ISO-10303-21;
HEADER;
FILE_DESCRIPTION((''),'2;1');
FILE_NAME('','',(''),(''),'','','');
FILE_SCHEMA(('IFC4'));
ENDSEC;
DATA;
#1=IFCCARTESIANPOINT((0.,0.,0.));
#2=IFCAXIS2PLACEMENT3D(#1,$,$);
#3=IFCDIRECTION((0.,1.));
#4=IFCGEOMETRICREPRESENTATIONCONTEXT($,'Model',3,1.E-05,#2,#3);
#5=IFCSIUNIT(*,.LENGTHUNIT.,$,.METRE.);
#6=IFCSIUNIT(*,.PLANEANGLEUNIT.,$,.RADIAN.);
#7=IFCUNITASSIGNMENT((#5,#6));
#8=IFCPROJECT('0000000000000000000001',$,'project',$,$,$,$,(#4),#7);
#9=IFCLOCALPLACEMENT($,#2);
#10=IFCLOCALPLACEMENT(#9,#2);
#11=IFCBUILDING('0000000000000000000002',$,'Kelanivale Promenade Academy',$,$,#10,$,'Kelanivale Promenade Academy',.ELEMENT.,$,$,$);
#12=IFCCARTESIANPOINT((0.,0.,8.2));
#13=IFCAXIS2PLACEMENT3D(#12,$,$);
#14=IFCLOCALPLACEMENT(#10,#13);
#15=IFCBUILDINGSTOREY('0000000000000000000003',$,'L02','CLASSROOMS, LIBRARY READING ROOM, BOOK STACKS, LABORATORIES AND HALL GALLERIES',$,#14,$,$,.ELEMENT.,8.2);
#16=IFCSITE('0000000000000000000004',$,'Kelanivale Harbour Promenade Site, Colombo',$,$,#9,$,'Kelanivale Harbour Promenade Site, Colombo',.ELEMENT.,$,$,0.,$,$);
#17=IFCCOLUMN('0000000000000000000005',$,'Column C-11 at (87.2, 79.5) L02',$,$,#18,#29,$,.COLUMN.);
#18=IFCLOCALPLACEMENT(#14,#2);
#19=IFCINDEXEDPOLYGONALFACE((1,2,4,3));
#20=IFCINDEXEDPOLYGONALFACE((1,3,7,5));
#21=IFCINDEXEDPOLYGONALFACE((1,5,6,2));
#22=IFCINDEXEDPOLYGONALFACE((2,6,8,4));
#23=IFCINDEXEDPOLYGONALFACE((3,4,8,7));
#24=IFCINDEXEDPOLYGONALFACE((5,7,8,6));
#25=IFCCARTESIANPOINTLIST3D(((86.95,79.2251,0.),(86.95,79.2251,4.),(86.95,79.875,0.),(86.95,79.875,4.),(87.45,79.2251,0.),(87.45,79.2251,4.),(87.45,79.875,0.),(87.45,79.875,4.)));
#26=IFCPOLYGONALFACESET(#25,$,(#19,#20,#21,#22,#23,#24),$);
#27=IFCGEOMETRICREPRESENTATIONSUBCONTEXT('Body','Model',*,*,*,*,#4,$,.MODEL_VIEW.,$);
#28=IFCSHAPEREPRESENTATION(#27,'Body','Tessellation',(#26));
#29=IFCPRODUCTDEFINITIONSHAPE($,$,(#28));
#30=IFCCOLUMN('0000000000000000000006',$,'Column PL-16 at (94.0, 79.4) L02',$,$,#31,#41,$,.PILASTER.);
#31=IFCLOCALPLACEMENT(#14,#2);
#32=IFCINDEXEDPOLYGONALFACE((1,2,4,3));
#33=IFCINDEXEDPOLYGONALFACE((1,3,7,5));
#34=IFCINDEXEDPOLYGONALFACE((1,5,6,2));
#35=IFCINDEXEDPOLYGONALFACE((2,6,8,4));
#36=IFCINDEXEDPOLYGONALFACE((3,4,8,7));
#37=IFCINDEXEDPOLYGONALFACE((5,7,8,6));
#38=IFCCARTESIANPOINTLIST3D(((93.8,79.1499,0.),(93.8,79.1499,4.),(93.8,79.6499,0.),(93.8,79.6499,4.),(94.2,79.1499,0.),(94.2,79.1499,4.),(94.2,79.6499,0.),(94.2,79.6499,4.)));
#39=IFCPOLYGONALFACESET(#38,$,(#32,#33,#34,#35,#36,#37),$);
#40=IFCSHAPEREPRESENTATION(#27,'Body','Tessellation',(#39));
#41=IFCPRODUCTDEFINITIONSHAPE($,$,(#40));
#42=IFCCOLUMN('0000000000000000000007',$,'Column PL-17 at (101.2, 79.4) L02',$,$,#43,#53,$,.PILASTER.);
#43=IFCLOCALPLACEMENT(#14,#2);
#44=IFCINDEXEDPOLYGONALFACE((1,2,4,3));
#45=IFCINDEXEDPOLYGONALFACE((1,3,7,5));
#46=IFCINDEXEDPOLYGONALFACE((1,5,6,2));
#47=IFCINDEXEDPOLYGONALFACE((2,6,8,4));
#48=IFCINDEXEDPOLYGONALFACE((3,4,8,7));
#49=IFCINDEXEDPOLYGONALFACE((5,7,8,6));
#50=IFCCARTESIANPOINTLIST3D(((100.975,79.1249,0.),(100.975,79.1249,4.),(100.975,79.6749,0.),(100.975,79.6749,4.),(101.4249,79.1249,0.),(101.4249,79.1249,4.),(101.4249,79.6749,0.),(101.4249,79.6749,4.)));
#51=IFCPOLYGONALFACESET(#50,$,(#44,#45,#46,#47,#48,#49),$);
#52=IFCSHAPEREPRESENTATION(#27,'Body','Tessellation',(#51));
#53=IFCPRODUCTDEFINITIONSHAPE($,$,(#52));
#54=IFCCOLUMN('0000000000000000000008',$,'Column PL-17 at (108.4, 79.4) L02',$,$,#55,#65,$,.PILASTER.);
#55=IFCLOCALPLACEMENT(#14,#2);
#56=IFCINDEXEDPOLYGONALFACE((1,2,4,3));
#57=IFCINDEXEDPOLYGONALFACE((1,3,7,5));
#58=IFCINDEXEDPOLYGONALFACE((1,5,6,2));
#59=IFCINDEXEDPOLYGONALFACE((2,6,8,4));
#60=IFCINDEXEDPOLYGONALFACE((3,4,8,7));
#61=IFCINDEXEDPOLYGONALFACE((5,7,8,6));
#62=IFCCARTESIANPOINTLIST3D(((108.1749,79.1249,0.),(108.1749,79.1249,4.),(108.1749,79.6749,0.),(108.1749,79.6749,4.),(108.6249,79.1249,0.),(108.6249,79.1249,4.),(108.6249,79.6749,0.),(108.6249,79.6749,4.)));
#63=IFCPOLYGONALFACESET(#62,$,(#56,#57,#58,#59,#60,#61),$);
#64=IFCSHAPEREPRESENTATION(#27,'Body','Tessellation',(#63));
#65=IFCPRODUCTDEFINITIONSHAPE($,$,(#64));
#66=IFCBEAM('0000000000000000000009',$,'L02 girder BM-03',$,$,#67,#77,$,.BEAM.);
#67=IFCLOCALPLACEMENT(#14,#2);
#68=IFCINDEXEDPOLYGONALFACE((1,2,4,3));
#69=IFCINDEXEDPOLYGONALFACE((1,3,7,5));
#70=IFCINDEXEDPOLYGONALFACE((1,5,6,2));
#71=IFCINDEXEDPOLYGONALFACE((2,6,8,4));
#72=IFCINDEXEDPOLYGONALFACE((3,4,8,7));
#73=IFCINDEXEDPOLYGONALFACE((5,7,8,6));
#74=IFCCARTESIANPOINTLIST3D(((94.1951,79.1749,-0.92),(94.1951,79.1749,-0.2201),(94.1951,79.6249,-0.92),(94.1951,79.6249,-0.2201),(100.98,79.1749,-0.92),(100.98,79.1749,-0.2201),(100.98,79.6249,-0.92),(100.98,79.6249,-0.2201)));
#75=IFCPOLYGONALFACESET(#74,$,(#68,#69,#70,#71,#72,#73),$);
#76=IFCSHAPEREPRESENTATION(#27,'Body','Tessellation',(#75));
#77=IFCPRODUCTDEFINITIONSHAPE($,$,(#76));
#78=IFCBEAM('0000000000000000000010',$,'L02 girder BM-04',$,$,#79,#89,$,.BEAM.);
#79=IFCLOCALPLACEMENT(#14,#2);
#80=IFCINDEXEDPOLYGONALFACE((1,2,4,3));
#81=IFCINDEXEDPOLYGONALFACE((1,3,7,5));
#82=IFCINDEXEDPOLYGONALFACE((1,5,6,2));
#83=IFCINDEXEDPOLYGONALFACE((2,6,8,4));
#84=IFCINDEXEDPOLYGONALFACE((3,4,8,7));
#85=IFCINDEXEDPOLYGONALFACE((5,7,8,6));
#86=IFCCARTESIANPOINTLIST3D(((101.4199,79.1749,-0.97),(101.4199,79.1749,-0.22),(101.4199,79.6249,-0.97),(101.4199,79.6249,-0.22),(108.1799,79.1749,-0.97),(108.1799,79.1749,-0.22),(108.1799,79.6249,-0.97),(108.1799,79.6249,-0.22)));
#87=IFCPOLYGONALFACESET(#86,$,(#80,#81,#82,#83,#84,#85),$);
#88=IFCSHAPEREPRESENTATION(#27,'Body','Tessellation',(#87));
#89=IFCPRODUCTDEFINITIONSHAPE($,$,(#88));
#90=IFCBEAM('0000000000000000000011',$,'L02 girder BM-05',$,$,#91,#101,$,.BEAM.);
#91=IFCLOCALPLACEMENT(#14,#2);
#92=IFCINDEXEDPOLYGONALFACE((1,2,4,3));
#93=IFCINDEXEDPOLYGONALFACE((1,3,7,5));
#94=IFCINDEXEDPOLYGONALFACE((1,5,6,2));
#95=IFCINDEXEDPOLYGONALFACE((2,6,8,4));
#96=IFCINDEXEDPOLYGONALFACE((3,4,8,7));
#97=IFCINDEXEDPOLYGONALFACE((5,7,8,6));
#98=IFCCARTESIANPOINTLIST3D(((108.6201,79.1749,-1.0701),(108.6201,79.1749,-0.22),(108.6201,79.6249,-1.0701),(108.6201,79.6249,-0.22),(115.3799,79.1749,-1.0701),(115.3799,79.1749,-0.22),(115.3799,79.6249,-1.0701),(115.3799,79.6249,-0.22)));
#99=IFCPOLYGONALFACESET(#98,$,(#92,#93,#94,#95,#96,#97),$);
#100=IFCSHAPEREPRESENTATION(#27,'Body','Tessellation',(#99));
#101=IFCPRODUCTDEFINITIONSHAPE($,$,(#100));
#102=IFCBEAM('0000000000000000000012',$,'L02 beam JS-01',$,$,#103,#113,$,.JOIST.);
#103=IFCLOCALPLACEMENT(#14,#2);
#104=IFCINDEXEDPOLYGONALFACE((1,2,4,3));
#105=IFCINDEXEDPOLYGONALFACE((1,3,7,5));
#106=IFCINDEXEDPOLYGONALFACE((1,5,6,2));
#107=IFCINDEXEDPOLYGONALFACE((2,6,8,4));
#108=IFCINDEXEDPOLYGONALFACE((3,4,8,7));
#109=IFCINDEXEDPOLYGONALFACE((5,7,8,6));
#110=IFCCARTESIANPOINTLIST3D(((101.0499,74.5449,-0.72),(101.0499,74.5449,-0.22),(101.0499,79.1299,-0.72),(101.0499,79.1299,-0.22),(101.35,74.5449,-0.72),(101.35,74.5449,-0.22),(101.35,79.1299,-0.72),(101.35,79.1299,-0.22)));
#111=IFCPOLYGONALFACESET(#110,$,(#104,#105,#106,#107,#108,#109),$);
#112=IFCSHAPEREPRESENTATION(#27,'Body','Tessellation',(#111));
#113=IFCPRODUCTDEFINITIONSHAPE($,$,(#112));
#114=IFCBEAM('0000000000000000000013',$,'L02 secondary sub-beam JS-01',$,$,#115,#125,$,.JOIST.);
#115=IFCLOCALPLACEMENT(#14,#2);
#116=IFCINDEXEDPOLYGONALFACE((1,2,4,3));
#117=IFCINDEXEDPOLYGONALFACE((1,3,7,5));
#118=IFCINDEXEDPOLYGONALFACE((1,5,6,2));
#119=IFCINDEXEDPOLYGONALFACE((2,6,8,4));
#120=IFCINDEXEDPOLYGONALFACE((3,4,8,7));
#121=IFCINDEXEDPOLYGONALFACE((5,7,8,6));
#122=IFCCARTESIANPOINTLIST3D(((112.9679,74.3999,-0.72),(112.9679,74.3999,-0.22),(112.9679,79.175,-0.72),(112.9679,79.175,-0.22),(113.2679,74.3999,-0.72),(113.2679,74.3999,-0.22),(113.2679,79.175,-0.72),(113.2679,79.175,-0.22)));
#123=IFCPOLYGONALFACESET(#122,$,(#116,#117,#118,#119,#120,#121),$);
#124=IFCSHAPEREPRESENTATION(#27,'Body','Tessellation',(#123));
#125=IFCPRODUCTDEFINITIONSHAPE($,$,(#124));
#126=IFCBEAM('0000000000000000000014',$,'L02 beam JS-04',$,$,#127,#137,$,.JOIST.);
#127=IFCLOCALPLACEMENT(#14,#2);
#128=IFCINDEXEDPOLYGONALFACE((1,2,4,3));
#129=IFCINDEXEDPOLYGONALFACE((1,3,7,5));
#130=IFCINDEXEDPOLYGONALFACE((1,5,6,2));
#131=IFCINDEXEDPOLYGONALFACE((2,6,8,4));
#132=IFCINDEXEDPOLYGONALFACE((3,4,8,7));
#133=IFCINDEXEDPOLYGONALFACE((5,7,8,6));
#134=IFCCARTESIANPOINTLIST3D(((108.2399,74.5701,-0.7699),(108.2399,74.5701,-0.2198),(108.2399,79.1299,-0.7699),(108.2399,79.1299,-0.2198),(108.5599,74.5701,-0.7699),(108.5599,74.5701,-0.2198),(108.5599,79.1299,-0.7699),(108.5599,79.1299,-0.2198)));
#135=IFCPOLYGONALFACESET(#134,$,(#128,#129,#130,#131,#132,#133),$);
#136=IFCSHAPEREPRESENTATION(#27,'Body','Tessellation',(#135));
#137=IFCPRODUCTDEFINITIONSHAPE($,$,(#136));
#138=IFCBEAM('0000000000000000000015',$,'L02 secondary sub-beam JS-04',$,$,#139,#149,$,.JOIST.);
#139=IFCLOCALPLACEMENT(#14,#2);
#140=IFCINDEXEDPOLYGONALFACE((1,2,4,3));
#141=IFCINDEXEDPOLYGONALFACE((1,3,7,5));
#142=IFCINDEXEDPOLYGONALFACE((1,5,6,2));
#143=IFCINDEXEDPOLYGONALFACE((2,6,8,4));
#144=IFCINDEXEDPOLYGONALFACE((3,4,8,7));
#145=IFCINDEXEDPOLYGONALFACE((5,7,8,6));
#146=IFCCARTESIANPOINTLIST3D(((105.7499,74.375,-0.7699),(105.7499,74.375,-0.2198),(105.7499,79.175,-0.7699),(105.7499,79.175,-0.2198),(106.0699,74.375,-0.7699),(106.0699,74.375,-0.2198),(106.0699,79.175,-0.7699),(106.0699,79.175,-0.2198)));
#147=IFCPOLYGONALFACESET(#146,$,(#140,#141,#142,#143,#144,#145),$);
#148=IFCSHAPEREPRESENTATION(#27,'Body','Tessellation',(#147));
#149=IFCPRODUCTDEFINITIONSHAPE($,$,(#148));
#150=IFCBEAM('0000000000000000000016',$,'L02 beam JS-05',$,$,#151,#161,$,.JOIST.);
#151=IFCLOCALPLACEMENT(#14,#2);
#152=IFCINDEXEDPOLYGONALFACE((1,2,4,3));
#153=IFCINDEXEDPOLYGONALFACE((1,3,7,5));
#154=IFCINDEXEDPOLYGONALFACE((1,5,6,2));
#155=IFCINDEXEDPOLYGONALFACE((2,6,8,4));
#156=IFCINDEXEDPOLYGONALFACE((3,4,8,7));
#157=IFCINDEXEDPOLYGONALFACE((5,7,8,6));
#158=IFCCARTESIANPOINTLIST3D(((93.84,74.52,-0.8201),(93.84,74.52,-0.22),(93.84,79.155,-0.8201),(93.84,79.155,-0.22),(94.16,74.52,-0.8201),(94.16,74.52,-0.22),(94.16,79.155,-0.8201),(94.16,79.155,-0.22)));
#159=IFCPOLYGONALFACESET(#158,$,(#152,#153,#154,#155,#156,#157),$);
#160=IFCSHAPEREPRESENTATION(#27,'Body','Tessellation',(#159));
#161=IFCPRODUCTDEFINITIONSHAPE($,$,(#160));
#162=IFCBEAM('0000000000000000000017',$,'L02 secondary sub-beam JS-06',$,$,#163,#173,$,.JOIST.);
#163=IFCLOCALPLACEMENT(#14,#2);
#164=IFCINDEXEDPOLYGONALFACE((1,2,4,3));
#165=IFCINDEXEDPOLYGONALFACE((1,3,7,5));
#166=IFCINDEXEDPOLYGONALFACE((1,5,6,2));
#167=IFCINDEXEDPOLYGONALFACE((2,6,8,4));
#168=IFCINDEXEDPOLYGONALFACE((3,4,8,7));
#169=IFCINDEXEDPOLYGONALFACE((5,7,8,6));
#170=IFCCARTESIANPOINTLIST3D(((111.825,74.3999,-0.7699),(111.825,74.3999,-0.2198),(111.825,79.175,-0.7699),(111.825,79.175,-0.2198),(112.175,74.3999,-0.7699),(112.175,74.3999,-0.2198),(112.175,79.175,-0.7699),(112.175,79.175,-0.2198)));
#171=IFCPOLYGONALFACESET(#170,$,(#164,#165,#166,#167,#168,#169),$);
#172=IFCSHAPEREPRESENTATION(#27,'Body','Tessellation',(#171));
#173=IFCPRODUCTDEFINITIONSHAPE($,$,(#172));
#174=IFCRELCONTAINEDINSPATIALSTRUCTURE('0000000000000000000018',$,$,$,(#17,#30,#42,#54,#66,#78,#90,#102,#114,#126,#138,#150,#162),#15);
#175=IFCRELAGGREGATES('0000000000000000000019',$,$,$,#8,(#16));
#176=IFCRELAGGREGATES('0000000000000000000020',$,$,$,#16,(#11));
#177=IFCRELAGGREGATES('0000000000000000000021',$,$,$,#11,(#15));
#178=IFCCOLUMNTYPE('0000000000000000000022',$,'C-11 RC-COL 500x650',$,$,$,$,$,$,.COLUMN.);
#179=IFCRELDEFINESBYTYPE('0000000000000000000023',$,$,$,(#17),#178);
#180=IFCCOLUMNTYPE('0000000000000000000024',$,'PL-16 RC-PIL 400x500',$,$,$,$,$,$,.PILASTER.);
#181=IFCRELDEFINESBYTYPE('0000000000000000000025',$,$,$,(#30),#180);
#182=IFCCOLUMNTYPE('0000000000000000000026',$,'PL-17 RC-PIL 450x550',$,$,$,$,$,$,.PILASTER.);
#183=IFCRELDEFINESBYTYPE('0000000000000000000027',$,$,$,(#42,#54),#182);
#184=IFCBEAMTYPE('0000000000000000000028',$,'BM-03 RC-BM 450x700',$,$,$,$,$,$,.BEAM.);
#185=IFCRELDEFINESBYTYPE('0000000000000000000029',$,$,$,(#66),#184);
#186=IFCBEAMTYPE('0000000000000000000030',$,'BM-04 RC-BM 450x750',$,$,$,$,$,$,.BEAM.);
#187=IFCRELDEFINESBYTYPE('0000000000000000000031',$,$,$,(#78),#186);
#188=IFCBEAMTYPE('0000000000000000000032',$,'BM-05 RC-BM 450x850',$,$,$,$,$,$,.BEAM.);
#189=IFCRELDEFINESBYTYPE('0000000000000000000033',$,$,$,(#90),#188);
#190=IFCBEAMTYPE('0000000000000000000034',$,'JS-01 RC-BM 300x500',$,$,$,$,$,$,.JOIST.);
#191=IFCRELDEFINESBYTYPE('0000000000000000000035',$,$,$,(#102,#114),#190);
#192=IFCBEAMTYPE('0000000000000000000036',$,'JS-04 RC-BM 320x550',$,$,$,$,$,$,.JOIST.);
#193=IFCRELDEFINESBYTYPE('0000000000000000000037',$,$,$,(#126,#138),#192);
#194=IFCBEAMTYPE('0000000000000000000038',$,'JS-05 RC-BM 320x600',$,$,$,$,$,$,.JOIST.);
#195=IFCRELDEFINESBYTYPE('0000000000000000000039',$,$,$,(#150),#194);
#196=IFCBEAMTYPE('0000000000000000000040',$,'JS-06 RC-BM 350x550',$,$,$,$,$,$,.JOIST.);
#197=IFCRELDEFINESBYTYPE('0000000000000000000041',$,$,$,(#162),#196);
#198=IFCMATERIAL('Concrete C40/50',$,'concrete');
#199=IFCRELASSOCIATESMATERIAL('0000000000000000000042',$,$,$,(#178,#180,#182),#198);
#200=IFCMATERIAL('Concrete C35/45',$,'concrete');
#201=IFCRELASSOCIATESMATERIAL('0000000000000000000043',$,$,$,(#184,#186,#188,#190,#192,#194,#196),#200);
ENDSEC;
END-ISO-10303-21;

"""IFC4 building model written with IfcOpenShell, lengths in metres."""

from ifc_helpers import new_model, si_unit, direction, frame, origin, origin_2d, place, context, subcontext, project, spatial, rectangle, extrude, material, material_profile, profile_set, type_object, element, save


model = new_model("IFC4")

# Units and contexts
model_context = context("Model", 3, precision=1e-05, world=origin(), true_north=direction((0.0, 1.0)))
body_context = subcontext(model_context, "Body", "Model", "MODEL_VIEW")
ifc_project = project(units=[si_unit("LENGTHUNIT", "METRE"), si_unit("PLANEANGLEUNIT", "RADIAN")], contexts=[model_context])

# Site, building, storey
site_placement = place(None, origin())
site = spatial("IfcSite", under=ifc_project, at=site_placement, Name="Kelanivale Harbour Promenade Site, Colombo", LongName="Kelanivale Harbour Promenade Site, Colombo", CompositionType="ELEMENT", RefElevation=0.0)
building_placement = place(site_placement, origin())
building = spatial("IfcBuilding", under=site, at=building_placement, Name="Kelanivale Promenade Academy", LongName="Kelanivale Promenade Academy", CompositionType="ELEMENT")
storey_placement = place(building_placement, frame((0.0, 0.0, 8.2)))
storey = spatial("IfcBuildingStorey", under=building, at=storey_placement, Name="L02", Description="CLASSROOMS, LIBRARY READING ROOM, BOOK STACKS, LABORATORIES AND HALL GALLERIES", CompositionType="ELEMENT", Elevation=8.2)

# Columns
ifc_material_1 = material(Name="Concrete C40/50", Category="concrete")
ifc_material_profile_1 = material_profile(ifc_material_1, rectangle(XDim=0.5, YDim=0.6499, at=origin_2d()), Name="RC-COL 500x650")
ifc_profile_set_1 = profile_set([ifc_material_profile_1], Name="Concrete C40/50")
column_type_1 = type_object("IfcColumnType", Name="C-11 RC-COL 500x650", PredefinedType="COLUMN", material=ifc_profile_set_1)
column_1_placement = place(storey_placement, frame((87.2, 79.55, 0.0), z_axis=(0.0, 0.0, 1.0), x_axis=(1.0, 0.0, 0.0)))
element("IfcColumn", 1, at=column_1_placement, inside=storey, type_object=column_type_1, Name="Column C-11 at (87.2, 79.5) L02", PredefinedType="COLUMN", context=body_context, shape_type="SweptSolid", body=[
    extrude(rectangle(XDim=0.5, YDim=0.6499, at=origin_2d()), origin(), (0.0, 0.0, 1.0), 4.0),
])
ifc_material_profile_2 = material_profile(ifc_material_1, rectangle(XDim=0.3999, YDim=0.5, at=origin_2d()), Name="RC-PIL 400x500")
ifc_profile_set_2 = profile_set([ifc_material_profile_2], Name="Concrete C40/50")
column_type_2 = type_object("IfcColumnType", Name="PL-16 RC-PIL 400x500", PredefinedType="PILASTER", material=ifc_profile_set_2)
column_2_placement = place(storey_placement, frame((94.0, 79.3999, 0.0), z_axis=(0.0, 0.0, 1.0), x_axis=(1.0, 0.0, 0.0)))
element("IfcColumn", 2, at=column_2_placement, inside=storey, type_object=column_type_2, Name="Column PL-16 at (94.0, 79.4) L02", PredefinedType="PILASTER", context=body_context, shape_type="SweptSolid", body=[
    extrude(rectangle(XDim=0.3999, YDim=0.5, at=origin_2d()), origin(), (0.0, 0.0, 1.0), 4.0),
])
ifc_material_profile_3 = material_profile(ifc_material_1, rectangle(XDim=0.45, YDim=0.55, at=origin_2d()), Name="RC-PIL 450x550")
ifc_profile_set_3 = profile_set([ifc_material_profile_3], Name="Concrete C40/50")
column_type_3 = type_object("IfcColumnType", Name="PL-17 RC-PIL 450x550", PredefinedType="PILASTER", material=ifc_profile_set_3)
for number, where, z_axis, x_axis, name in (
    (3, (101.2, 79.3999, 0.0), (0.0, 0.0, 1.0), (1.0, 0.0, 0.0), "Column PL-17 at (101.2, 79.4) L02"),
    (4, (108.3999, 79.3999, 0.0), (0.0, 0.0, 1.0), (1.0, 0.0, 0.0), "Column PL-17 at (108.4, 79.4) L02"),
):
    element("IfcColumn", number, at=place(storey_placement, frame(where, z_axis=z_axis, x_axis=x_axis)), inside=storey, type_object=column_type_3, Name=name, PredefinedType="PILASTER", context=body_context, shape_type="SweptSolid", body=[
        extrude(rectangle(XDim=0.45, YDim=0.55, at=origin_2d()), origin(), (0.0, 0.0, 1.0), 4.0),
    ])

# Beams
ifc_material_2 = material(Name="Concrete C35/45", Category="concrete")
ifc_material_profile_4 = material_profile(ifc_material_2, rectangle(XDim=0.45, YDim=0.7, at=origin_2d()), Name="RC-BM 450x700")
ifc_profile_set_4 = profile_set([ifc_material_profile_4], Name="Concrete C35/45")
beam_type_1 = type_object("IfcBeamType", Name="BM-03 RC-BM 450x700", PredefinedType="BEAM", material=ifc_profile_set_4)
beam_1_placement = place(storey_placement, frame((94.1951, 79.3999, -0.5701), z_axis=(1.0, 0.0, 0.0), x_axis=(0.0, 1.0, 0.0)))
element("IfcBeam", 5, at=beam_1_placement, inside=storey, type_object=beam_type_1, Name="L02 girder BM-03", PredefinedType="BEAM", context=body_context, shape_type="SweptSolid", body=[
    extrude(rectangle(XDim=0.45, YDim=0.7, at=origin_2d()), origin(), (0.0, 0.0, 1.0), 6.7849),
])
ifc_material_profile_5 = material_profile(ifc_material_2, rectangle(XDim=0.45, YDim=0.75, at=origin_2d()), Name="RC-BM 450x750")
ifc_profile_set_5 = profile_set([ifc_material_profile_5], Name="Concrete C35/45")
beam_type_2 = type_object("IfcBeamType", Name="BM-04 RC-BM 450x750", PredefinedType="BEAM", material=ifc_profile_set_5)
beam_2_placement = place(storey_placement, frame((101.4199, 79.3999, -0.595), z_axis=(1.0, 0.0, 0.0), x_axis=(0.0, 1.0, 0.0)))
element("IfcBeam", 6, at=beam_2_placement, inside=storey, type_object=beam_type_2, Name="L02 girder BM-04", PredefinedType="BEAM", context=body_context, shape_type="SweptSolid", body=[
    extrude(rectangle(XDim=0.45, YDim=0.75, at=origin_2d()), origin(), (0.0, 0.0, 1.0), 6.76),
])
ifc_material_profile_6 = material_profile(ifc_material_2, rectangle(XDim=0.45, YDim=0.8501, at=origin_2d()), Name="RC-BM 450x850")
ifc_profile_set_6 = profile_set([ifc_material_profile_6], Name="Concrete C35/45")
beam_type_3 = type_object("IfcBeamType", Name="BM-05 RC-BM 450x850", PredefinedType="BEAM", material=ifc_profile_set_6)
beam_3_placement = place(storey_placement, frame((108.6201, 79.3999, -0.645), z_axis=(1.0, 0.0, 0.0), x_axis=(0.0, 1.0, 0.0)))
element("IfcBeam", 7, at=beam_3_placement, inside=storey, type_object=beam_type_3, Name="L02 girder BM-05", PredefinedType="BEAM", context=body_context, shape_type="SweptSolid", body=[
    extrude(rectangle(XDim=0.45, YDim=0.8501, at=origin_2d()), origin(), (0.0, 0.0, 1.0), 6.7598),
])
ifc_material_profile_7 = material_profile(ifc_material_2, rectangle(XDim=0.3, YDim=0.5, at=origin_2d()), Name="RC-BM 300x500")
ifc_profile_set_7 = profile_set([ifc_material_profile_7], Name="Concrete C35/45")
beam_type_4 = type_object("IfcBeamType", Name="JS-01 RC-BM 300x500", PredefinedType="JOIST", material=ifc_profile_set_7)
beam_4_placement = place(storey_placement, frame((101.2, 74.5449, -0.47), z_axis=(0.0, 1.0, 0.0), x_axis=(-1.0, 0.0, 0.0)))
element("IfcBeam", 8, at=beam_4_placement, inside=storey, type_object=beam_type_4, Name="L02 beam JS-01", PredefinedType="JOIST", context=body_context, shape_type="SweptSolid", body=[
    extrude(rectangle(XDim=0.3, YDim=0.5, at=origin_2d()), origin(), (0.0, 0.0, 1.0), 4.585),
])
beam_5_placement = place(storey_placement, frame((113.1179, 74.3999, -0.47), z_axis=(0.0, 1.0, 0.0), x_axis=(-1.0, 0.0, 0.0)))
element("IfcBeam", 9, at=beam_5_placement, inside=storey, type_object=beam_type_4, Name="L02 secondary sub-beam JS-01", PredefinedType="JOIST", context=body_context, shape_type="SweptSolid", body=[
    extrude(rectangle(XDim=0.3, YDim=0.5, at=origin_2d()), origin(), (0.0, 0.0, 1.0), 4.7751),
])
ifc_material_profile_8 = material_profile(ifc_material_2, rectangle(XDim=0.3201, YDim=0.55, at=origin_2d()), Name="RC-BM 320x550")
ifc_profile_set_8 = profile_set([ifc_material_profile_8], Name="Concrete C35/45")
beam_type_5 = type_object("IfcBeamType", Name="JS-04 RC-BM 320x550", PredefinedType="JOIST", material=ifc_profile_set_8)
beam_6_placement = place(storey_placement, frame((108.3999, 74.5701, -0.4949), z_axis=(0.0, 1.0, 0.0), x_axis=(-1.0, 0.0, 0.0)))
element("IfcBeam", 10, at=beam_6_placement, inside=storey, type_object=beam_type_5, Name="L02 beam JS-04", PredefinedType="JOIST", context=body_context, shape_type="SweptSolid", body=[
    extrude(rectangle(XDim=0.3201, YDim=0.55, at=origin_2d()), origin(), (0.0, 0.0, 1.0), 4.5598),
])
beam_7_placement = place(storey_placement, frame((105.9099, 74.375, -0.4949), z_axis=(0.0, 1.0, 0.0), x_axis=(-1.0, 0.0, 0.0)))
element("IfcBeam", 11, at=beam_7_placement, inside=storey, type_object=beam_type_5, Name="L02 secondary sub-beam JS-04", PredefinedType="JOIST", context=body_context, shape_type="SweptSolid", body=[
    extrude(rectangle(XDim=0.3201, YDim=0.55, at=origin_2d()), origin(), (0.0, 0.0, 1.0), 4.8),
])
ifc_material_profile_9 = material_profile(ifc_material_2, rectangle(XDim=0.3201, YDim=0.6001, at=origin_2d()), Name="RC-BM 320x600")
ifc_profile_set_9 = profile_set([ifc_material_profile_9], Name="Concrete C35/45")
beam_type_6 = type_object("IfcBeamType", Name="JS-05 RC-BM 320x600", PredefinedType="JOIST", material=ifc_profile_set_9)
beam_8_placement = place(storey_placement, frame((94.0, 74.52, -0.52), z_axis=(0.0, 1.0, 0.0), x_axis=(-1.0, 0.0, 0.0)))
element("IfcBeam", 12, at=beam_8_placement, inside=storey, type_object=beam_type_6, Name="L02 beam JS-05", PredefinedType="JOIST", context=body_context, shape_type="SweptSolid", body=[
    extrude(rectangle(XDim=0.3201, YDim=0.6001, at=origin_2d()), origin(), (0.0, 0.0, 1.0), 4.635),
])
ifc_material_profile_10 = material_profile(ifc_material_2, rectangle(XDim=0.3501, YDim=0.55, at=origin_2d()), Name="RC-BM 350x550")
ifc_profile_set_10 = profile_set([ifc_material_profile_10], Name="Concrete C35/45")
beam_type_7 = type_object("IfcBeamType", Name="JS-06 RC-BM 350x550", PredefinedType="JOIST", material=ifc_profile_set_10)
beam_9_placement = place(storey_placement, frame((112.0, 74.3999, -0.4949), z_axis=(0.0, 1.0, 0.0), x_axis=(-1.0, 0.0, 0.0)))
element("IfcBeam", 13, at=beam_9_placement, inside=storey, type_object=beam_type_7, Name="L02 secondary sub-beam JS-06", PredefinedType="JOIST", context=body_context, shape_type="SweptSolid", body=[
    extrude(rectangle(XDim=0.3501, YDim=0.55, at=origin_2d()), origin(), (0.0, 0.0, 1.0), 4.7751),
])

save(model, "model.ifc")
